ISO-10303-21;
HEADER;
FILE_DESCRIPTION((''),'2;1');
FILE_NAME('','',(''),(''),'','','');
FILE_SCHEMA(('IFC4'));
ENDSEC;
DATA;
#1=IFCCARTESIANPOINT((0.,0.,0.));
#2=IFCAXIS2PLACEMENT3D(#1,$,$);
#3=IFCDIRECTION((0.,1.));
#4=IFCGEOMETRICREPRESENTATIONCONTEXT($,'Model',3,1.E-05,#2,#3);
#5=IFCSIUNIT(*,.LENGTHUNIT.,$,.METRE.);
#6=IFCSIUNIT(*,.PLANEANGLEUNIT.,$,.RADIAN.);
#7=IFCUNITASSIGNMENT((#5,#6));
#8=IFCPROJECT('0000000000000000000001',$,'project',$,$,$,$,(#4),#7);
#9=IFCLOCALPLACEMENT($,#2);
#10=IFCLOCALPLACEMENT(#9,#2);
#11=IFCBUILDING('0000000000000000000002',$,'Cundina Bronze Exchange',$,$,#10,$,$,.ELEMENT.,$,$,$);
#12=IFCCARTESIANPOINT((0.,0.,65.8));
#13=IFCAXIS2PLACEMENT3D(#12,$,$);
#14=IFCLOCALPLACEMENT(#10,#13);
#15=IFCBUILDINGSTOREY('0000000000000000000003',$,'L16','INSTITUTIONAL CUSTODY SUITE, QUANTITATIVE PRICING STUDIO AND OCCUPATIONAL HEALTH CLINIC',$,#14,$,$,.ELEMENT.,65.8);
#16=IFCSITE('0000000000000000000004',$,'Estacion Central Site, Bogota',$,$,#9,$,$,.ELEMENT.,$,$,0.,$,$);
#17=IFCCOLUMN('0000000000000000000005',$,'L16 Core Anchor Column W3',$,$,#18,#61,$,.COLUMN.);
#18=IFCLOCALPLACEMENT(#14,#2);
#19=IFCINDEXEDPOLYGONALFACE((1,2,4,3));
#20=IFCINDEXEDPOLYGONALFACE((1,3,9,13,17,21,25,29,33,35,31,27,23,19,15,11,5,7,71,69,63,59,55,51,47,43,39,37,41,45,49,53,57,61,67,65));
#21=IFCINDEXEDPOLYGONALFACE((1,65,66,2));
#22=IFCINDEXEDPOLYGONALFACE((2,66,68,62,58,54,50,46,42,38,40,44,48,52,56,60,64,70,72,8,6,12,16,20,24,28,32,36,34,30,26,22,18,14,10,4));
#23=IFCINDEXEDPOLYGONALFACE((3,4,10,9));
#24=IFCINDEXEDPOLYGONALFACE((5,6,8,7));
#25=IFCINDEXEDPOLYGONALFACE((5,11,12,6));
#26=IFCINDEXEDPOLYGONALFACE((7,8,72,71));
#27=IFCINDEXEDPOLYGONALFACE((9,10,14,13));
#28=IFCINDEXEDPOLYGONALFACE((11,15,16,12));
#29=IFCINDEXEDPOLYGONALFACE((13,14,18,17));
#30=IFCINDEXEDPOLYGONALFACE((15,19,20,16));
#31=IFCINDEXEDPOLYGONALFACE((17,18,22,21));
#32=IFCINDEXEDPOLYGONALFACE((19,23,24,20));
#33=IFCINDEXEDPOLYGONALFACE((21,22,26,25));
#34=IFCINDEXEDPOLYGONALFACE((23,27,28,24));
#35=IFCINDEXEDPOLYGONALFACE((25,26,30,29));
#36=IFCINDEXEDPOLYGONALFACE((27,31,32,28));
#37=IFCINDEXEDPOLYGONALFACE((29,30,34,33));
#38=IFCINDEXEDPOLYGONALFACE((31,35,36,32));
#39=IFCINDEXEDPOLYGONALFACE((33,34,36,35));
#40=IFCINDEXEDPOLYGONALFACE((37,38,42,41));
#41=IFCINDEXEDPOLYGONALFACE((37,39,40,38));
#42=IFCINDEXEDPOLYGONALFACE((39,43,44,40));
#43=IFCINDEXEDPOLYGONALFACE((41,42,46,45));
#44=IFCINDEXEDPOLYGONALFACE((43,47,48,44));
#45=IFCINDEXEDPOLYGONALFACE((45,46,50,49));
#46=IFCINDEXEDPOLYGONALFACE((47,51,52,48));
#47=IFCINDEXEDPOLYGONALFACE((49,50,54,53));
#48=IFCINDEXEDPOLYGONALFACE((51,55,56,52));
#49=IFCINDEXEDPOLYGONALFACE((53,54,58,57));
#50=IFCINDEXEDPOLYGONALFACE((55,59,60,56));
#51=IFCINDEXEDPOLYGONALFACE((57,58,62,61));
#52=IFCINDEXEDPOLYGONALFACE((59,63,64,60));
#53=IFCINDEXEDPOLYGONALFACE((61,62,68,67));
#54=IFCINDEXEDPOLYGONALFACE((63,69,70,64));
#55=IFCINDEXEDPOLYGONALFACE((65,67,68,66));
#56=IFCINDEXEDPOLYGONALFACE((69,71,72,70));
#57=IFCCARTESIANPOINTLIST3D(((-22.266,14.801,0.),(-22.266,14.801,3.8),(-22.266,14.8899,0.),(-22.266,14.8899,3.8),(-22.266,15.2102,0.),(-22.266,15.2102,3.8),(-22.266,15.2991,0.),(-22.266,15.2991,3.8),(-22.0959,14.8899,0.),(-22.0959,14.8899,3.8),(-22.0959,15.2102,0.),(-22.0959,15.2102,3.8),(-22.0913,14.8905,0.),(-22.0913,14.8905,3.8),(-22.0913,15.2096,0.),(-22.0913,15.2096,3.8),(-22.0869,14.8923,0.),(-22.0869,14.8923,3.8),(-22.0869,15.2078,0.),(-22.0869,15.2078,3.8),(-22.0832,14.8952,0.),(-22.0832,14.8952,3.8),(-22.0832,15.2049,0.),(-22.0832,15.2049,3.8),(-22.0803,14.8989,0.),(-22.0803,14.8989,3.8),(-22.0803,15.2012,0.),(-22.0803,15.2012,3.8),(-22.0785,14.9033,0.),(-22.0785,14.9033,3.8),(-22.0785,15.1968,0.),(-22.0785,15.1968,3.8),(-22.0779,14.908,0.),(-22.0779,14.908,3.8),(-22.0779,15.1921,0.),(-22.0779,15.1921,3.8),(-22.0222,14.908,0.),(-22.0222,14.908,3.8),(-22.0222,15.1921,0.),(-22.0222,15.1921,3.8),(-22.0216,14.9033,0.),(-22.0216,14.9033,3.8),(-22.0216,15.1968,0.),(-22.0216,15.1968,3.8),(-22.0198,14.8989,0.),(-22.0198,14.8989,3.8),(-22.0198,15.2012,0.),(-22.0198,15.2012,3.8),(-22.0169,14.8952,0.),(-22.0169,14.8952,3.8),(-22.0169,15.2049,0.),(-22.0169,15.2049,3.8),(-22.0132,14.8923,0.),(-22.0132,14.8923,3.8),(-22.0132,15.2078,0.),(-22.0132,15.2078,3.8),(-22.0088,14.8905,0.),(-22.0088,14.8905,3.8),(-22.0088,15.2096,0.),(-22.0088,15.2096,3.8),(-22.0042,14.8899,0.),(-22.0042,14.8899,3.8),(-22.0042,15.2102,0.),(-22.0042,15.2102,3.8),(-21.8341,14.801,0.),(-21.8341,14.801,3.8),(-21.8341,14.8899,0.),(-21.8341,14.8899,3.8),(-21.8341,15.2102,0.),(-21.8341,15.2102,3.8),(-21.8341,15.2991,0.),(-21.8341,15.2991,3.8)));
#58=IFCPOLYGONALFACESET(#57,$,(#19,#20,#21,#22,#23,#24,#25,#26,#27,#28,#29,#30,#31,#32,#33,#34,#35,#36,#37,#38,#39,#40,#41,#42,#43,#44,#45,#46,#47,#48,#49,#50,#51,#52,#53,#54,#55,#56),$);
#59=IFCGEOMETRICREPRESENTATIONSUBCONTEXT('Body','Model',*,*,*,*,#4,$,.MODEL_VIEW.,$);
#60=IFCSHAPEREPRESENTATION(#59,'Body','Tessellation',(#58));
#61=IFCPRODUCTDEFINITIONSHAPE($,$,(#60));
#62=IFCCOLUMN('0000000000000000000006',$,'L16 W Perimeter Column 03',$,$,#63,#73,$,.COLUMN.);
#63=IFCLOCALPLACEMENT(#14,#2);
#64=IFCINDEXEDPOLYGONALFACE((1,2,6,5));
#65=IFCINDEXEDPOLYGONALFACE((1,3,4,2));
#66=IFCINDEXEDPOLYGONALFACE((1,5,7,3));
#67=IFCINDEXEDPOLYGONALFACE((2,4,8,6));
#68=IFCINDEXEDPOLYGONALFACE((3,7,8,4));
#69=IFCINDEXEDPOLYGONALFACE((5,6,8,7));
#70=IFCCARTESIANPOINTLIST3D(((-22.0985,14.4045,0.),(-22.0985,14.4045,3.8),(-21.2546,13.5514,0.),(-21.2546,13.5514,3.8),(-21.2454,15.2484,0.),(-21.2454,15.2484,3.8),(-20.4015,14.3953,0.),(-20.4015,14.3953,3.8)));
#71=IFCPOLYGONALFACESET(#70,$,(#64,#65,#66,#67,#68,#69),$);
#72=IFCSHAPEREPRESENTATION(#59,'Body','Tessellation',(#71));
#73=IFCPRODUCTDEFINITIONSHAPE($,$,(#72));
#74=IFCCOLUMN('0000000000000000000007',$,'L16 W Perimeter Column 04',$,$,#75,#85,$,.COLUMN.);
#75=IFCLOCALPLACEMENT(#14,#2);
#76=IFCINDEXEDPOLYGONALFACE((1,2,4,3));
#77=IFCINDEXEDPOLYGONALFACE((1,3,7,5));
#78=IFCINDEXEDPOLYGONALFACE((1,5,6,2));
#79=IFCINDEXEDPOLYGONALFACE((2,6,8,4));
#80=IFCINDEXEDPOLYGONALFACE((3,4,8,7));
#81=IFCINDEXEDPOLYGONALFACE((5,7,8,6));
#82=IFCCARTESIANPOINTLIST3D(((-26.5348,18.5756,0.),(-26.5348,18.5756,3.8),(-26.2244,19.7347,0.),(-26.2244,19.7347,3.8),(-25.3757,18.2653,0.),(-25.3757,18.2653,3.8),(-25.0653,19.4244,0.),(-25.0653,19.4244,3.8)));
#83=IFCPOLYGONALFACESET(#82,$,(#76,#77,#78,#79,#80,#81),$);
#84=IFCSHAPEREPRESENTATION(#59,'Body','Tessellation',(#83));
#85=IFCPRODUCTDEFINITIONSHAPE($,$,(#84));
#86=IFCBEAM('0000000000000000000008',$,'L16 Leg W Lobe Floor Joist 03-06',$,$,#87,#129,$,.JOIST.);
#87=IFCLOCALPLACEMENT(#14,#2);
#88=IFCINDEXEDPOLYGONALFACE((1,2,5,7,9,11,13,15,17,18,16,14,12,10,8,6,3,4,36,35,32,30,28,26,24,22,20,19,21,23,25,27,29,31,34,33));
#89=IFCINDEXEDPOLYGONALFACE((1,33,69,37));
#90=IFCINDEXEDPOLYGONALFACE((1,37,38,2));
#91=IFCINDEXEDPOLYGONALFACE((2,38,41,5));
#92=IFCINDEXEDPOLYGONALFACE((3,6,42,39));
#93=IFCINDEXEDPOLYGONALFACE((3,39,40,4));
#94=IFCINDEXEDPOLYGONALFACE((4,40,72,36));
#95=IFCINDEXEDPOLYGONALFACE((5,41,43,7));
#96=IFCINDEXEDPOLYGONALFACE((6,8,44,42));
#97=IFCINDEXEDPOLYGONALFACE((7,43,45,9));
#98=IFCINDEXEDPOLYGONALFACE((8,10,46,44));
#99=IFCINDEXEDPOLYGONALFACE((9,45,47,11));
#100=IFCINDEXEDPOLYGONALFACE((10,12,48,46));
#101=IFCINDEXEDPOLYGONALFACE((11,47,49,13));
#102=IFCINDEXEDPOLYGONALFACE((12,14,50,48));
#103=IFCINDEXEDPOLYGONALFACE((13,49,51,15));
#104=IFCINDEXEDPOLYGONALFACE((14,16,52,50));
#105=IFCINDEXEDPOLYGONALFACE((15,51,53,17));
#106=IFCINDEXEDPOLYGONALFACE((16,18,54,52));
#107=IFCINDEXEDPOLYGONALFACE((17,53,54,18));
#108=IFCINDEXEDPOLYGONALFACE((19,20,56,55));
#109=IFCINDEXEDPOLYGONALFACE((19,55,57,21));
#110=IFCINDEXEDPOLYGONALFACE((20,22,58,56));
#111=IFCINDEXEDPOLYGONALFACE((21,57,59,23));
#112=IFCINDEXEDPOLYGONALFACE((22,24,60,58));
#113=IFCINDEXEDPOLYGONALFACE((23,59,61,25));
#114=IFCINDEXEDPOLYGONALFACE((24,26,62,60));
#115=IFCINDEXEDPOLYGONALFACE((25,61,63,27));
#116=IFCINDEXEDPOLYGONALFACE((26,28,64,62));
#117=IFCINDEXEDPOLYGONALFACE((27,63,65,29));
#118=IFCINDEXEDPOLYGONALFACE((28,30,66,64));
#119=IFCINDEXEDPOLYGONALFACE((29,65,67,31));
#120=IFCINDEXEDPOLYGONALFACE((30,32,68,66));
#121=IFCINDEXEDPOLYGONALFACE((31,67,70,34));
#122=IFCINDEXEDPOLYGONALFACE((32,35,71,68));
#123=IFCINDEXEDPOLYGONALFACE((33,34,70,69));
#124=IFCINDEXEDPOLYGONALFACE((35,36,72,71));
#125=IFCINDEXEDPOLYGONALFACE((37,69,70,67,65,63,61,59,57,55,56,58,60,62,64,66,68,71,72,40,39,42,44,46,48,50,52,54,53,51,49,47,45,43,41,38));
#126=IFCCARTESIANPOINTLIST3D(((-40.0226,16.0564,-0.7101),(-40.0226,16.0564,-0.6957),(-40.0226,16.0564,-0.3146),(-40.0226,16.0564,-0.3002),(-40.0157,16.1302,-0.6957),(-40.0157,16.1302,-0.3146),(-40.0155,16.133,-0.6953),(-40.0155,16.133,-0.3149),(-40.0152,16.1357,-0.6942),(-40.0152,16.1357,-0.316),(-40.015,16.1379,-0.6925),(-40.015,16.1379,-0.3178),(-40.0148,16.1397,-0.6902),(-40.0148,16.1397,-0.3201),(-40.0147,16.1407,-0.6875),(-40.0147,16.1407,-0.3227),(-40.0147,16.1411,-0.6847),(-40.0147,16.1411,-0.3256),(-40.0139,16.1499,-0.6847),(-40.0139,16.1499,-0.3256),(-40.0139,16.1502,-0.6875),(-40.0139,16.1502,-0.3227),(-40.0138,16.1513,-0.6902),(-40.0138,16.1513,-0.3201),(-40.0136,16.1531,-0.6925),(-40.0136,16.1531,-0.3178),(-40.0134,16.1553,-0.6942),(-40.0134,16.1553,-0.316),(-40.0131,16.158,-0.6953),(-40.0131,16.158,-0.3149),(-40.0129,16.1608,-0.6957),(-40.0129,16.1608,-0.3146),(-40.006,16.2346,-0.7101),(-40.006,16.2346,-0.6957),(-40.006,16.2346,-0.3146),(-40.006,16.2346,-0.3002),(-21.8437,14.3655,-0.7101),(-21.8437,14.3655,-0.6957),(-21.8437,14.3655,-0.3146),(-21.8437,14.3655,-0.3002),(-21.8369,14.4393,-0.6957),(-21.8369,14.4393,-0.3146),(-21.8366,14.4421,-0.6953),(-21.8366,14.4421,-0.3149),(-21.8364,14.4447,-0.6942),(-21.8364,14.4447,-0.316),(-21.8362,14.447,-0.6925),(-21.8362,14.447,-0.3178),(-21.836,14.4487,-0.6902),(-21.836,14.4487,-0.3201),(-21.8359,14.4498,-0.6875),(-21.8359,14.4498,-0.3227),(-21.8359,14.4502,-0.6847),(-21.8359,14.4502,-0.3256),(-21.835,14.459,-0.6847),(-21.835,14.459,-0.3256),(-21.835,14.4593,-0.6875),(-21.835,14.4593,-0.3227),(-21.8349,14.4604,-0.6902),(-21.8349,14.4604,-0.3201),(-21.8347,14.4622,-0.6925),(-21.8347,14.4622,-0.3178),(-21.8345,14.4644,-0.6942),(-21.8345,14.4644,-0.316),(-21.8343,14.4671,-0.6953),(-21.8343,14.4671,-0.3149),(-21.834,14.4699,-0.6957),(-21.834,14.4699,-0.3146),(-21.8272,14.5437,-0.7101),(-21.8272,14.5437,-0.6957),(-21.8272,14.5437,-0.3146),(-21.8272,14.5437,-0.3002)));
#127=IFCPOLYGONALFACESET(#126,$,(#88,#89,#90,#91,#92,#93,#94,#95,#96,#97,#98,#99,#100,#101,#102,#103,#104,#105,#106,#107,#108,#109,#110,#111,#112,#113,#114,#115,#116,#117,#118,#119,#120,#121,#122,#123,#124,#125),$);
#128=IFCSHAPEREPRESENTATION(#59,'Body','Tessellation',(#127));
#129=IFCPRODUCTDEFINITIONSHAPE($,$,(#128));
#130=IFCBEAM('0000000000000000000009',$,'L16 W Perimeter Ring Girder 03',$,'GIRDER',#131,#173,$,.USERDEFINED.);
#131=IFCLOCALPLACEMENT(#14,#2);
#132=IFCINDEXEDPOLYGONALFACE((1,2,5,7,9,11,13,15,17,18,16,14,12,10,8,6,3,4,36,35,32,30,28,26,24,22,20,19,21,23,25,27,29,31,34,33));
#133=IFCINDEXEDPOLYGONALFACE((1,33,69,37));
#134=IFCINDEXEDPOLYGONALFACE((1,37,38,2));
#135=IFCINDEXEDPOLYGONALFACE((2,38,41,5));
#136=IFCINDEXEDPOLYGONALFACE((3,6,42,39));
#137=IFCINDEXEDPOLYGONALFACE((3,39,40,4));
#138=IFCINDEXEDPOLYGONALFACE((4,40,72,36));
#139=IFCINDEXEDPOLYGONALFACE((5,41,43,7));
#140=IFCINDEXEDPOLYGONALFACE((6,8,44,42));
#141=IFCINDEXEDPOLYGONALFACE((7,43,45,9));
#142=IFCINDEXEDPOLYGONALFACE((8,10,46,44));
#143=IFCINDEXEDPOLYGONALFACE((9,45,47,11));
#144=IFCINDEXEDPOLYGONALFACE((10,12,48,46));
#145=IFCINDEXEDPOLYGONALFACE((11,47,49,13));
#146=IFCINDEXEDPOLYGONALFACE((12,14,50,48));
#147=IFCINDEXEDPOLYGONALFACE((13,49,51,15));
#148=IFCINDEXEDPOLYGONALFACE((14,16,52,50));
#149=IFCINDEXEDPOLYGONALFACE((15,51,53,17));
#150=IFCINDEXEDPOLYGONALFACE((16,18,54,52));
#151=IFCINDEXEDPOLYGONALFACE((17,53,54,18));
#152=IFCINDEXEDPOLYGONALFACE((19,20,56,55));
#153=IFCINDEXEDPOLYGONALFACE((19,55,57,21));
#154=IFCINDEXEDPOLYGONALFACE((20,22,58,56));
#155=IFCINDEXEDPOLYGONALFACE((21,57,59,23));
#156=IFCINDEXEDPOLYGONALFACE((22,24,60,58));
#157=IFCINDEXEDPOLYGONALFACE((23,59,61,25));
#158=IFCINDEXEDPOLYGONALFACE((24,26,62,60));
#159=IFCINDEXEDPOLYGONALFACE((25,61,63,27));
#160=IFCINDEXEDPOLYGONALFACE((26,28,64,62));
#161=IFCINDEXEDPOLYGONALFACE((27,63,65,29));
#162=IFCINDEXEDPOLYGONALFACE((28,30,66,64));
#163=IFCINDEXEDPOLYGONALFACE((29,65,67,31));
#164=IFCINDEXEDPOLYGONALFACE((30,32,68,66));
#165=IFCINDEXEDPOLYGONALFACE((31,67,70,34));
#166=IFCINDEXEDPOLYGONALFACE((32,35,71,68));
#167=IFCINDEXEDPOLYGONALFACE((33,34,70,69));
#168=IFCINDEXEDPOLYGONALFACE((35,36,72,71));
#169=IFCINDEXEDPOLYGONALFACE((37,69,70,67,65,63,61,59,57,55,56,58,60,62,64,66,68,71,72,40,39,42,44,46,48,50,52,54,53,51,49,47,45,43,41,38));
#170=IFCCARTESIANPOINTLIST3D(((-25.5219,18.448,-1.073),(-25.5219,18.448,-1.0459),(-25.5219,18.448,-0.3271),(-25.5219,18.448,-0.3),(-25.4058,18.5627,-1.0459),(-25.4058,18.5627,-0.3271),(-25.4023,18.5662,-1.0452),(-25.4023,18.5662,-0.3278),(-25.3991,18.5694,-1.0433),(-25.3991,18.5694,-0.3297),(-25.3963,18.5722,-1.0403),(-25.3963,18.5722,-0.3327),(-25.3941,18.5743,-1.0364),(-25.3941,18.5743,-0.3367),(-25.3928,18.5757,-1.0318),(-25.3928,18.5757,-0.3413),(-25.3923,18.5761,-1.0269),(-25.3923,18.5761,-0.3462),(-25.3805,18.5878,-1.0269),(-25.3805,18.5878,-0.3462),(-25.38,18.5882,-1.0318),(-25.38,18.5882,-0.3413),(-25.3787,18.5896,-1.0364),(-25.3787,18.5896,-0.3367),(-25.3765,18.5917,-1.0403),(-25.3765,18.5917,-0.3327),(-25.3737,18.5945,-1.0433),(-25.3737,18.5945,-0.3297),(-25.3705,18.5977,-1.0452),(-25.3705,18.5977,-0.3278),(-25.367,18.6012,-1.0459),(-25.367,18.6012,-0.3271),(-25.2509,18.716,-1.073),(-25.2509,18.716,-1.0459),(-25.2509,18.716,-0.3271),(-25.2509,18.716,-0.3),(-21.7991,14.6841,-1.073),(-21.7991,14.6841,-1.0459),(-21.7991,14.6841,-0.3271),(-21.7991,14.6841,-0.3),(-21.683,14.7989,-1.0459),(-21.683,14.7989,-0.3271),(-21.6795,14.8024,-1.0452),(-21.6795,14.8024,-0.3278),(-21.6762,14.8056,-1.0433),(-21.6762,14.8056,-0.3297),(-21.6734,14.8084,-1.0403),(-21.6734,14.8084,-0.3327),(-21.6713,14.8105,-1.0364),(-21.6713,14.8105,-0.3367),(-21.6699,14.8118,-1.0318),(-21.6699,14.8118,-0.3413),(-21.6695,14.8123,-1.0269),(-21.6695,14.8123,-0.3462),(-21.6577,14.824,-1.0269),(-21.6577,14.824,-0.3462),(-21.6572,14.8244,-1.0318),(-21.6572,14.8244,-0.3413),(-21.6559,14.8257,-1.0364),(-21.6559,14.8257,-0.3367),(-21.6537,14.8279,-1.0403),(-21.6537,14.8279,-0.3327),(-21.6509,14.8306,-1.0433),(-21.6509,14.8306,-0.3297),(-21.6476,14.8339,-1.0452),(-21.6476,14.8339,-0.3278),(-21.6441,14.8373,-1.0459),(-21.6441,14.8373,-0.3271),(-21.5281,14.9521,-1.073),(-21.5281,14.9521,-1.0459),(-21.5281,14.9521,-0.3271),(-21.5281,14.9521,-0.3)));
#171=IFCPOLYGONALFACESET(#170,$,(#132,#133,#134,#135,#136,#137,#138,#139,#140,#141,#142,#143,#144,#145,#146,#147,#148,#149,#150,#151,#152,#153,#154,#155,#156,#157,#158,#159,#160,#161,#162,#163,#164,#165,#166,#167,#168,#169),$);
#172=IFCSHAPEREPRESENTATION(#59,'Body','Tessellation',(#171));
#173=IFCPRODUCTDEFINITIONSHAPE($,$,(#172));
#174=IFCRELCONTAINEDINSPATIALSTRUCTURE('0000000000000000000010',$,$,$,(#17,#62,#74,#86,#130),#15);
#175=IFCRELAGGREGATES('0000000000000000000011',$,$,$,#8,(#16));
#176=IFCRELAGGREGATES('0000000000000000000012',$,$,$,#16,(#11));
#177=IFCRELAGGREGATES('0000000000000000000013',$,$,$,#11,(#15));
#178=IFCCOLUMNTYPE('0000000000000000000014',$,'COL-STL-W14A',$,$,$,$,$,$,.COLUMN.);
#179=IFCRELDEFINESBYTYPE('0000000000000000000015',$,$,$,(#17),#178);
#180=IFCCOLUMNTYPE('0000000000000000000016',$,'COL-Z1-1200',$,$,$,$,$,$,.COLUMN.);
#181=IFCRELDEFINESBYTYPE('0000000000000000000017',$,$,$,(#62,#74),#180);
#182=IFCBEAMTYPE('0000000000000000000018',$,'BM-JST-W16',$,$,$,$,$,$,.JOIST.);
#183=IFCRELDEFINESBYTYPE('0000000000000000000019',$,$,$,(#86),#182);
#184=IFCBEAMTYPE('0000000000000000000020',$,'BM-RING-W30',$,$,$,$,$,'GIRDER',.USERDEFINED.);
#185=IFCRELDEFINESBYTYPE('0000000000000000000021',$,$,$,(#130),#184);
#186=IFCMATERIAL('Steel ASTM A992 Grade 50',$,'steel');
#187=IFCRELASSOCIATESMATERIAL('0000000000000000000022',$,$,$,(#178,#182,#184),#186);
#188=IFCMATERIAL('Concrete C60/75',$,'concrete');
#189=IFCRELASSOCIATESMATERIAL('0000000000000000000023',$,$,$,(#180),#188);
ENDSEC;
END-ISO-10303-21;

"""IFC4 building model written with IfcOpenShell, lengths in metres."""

from ifc_helpers import new_model, si_unit, direction, frame, origin, origin_2d, place, context, subcontext, project, spatial, rectangle, i_section, extrude, material, material_profile, profile_set, type_object, element, save


model = new_model("IFC4")

# Units and contexts
model_context = context("Model", 3, precision=1e-05, world=origin(), true_north=direction((0.0, 1.0)))
body_context = subcontext(model_context, "Body", "Model", "MODEL_VIEW")
ifc_project = project(units=[si_unit("LENGTHUNIT", "METRE"), si_unit("PLANEANGLEUNIT", "RADIAN")], contexts=[model_context])

# Site, building, storey
site_placement = place(None, origin())
site = spatial("IfcSite", under=ifc_project, at=site_placement, Name="Estacion Central Site, Bogota", CompositionType="ELEMENT", RefElevation=0.0)
building_placement = place(site_placement, origin())
building = spatial("IfcBuilding", under=site, at=building_placement, Name="Cundina Bronze Exchange", CompositionType="ELEMENT")
storey_placement = place(building_placement, frame((0.0, 0.0, 65.8)))
storey = spatial("IfcBuildingStorey", under=building, at=storey_placement, Name="L16", Description="INSTITUTIONAL CUSTODY SUITE, QUANTITATIVE PRICING STUDIO AND OCCUPATIONAL HEALTH CLINIC", CompositionType="ELEMENT", Elevation=65.8)

# Columns
ifc_material_1 = material(Name="Steel ASTM A992 Grade 50", Category="steel")
ifc_material_profile_1 = material_profile(ifc_material_1, i_section(OverallWidth=0.4319, OverallDepth=0.498, WebThickness=0.0557, FlangeThickness=0.0889, FilletRadius=0.0181, at=origin_2d()), Name="W14X500", Category="steel")
ifc_profile_set_1 = profile_set([ifc_material_profile_1], Name="Steel ASTM A992 Grade 50")
column_type_1 = type_object("IfcColumnType", Name="COL-STL-W14A", PredefinedType="COLUMN", material=ifc_profile_set_1)
column_placement = place(storey_placement, frame((-22.05, 15.05, 0.0), z_axis=(0.0, 0.0, 1.0), x_axis=(1.0, 0.0, 0.0)))
element("IfcColumn", 1, at=column_placement, inside=storey, type_object=column_type_1, Name="L16 Core Anchor Column W3", PredefinedType="COLUMN", context=body_context, shape_type="SweptSolid", body=[
    extrude(i_section(OverallWidth=0.4319, OverallDepth=0.498, WebThickness=0.0557, FlangeThickness=0.0889, FilletRadius=0.0181, at=origin_2d()), origin(), (0.0, 0.0, 1.0), 3.8),
])
ifc_material_2 = material(Name="Concrete C60/75", Category="concrete")
ifc_material_profile_2 = material_profile(ifc_material_2, rectangle(XDim=1.2, YDim=1.2, at=origin_2d()), Name="RC1200X1200", Category="concrete")
ifc_profile_set_2 = profile_set([ifc_material_profile_2], Name="Concrete C60/75")
column_type_2 = type_object("IfcColumnType", Name="COL-Z1-1200", PredefinedType="COLUMN", material=ifc_profile_set_2)
for number, where, z_axis, x_axis, name in (
    (2, (-21.25, 14.3999, 0.0), (0.0, 0.0, 1.0), (-0.703271, 0.710922, 0.0), "L16 W Perimeter Column 03"),
    (3, (-25.8, 19.0, 0.0), (0.0, 0.0, 1.0), (-0.965971, 0.25865, 0.0), "L16 W Perimeter Column 04"),
):
    element("IfcColumn", number, at=place(storey_placement, frame(where, z_axis=z_axis, x_axis=x_axis)), inside=storey, type_object=column_type_2, Name=name, PredefinedType="COLUMN", context=body_context, shape_type="SweptSolid", body=[
        extrude(rectangle(XDim=1.2, YDim=1.2, at=origin_2d()), origin(), (0.0, 0.0, 1.0), 3.8),
    ])

# Beams
ifc_material_profile_3 = material_profile(ifc_material_1, i_section(OverallWidth=0.179, OverallDepth=0.4099, WebThickness=0.0088, FlangeThickness=0.0144, FilletRadius=0.011, at=origin_2d()), Name="W16X45", Category="steel")
ifc_profile_set_3 = profile_set([ifc_material_profile_3], Name="Steel ASTM A992 Grade 50")
beam_type_1 = type_object("IfcBeamType", Name="BM-JST-W16", PredefinedType="JOIST", material=ifc_profile_set_3)
beam_1_placement = place(storey_placement, frame((-21.8354, 14.4546, -0.5051), z_axis=(-0.995702, 0.092615, 0.0), x_axis=(-0.092615, -0.995702, 0.0)))
element("IfcBeam", 4, at=beam_1_placement, inside=storey, type_object=beam_type_1, Name="L16 Leg W Lobe Floor Joist 03-06", PredefinedType="JOIST", context=body_context, shape_type="SweptSolid", body=[
    extrude(i_section(OverallWidth=0.179, OverallDepth=0.4099, WebThickness=0.0088, FlangeThickness=0.0144, FilletRadius=0.011, at=origin_2d()), origin(), (0.0, 0.0, 1.0), 18.2573),
])
ifc_material_profile_4 = material_profile(ifc_material_1, i_section(OverallWidth=0.3811, OverallDepth=0.7729, WebThickness=0.0166, FlangeThickness=0.0271, FilletRadius=0.019, at=origin_2d()), Name="W30X173", Category="steel")
ifc_profile_set_4 = profile_set([ifc_material_profile_4], Name="Steel ASTM A992 Grade 50")
beam_type_2 = type_object("IfcBeamType", Name="BM-RING-W30", ElementType="GIRDER", PredefinedType="USERDEFINED", material=ifc_profile_set_4)
beam_2_placement = place(storey_placement, frame((-21.6636, 14.8181, -0.6865), z_axis=(-0.703222, 0.71097, 0.0), x_axis=(-0.71097, -0.703222, 0.0)))
element("IfcBeam", 5, at=beam_2_placement, inside=storey, type_object=beam_type_2, Name="L16 W Perimeter Ring Girder 03", ObjectType="GIRDER", PredefinedType="USERDEFINED", context=body_context, shape_type="SweptSolid", body=[
    extrude(i_section(OverallWidth=0.3811, OverallDepth=0.7729, WebThickness=0.0166, FlangeThickness=0.0271, FilletRadius=0.019, at=origin_2d()), origin(), (0.0, 0.0, 1.0), 5.2939),
])

save(model, "model.ifc")
